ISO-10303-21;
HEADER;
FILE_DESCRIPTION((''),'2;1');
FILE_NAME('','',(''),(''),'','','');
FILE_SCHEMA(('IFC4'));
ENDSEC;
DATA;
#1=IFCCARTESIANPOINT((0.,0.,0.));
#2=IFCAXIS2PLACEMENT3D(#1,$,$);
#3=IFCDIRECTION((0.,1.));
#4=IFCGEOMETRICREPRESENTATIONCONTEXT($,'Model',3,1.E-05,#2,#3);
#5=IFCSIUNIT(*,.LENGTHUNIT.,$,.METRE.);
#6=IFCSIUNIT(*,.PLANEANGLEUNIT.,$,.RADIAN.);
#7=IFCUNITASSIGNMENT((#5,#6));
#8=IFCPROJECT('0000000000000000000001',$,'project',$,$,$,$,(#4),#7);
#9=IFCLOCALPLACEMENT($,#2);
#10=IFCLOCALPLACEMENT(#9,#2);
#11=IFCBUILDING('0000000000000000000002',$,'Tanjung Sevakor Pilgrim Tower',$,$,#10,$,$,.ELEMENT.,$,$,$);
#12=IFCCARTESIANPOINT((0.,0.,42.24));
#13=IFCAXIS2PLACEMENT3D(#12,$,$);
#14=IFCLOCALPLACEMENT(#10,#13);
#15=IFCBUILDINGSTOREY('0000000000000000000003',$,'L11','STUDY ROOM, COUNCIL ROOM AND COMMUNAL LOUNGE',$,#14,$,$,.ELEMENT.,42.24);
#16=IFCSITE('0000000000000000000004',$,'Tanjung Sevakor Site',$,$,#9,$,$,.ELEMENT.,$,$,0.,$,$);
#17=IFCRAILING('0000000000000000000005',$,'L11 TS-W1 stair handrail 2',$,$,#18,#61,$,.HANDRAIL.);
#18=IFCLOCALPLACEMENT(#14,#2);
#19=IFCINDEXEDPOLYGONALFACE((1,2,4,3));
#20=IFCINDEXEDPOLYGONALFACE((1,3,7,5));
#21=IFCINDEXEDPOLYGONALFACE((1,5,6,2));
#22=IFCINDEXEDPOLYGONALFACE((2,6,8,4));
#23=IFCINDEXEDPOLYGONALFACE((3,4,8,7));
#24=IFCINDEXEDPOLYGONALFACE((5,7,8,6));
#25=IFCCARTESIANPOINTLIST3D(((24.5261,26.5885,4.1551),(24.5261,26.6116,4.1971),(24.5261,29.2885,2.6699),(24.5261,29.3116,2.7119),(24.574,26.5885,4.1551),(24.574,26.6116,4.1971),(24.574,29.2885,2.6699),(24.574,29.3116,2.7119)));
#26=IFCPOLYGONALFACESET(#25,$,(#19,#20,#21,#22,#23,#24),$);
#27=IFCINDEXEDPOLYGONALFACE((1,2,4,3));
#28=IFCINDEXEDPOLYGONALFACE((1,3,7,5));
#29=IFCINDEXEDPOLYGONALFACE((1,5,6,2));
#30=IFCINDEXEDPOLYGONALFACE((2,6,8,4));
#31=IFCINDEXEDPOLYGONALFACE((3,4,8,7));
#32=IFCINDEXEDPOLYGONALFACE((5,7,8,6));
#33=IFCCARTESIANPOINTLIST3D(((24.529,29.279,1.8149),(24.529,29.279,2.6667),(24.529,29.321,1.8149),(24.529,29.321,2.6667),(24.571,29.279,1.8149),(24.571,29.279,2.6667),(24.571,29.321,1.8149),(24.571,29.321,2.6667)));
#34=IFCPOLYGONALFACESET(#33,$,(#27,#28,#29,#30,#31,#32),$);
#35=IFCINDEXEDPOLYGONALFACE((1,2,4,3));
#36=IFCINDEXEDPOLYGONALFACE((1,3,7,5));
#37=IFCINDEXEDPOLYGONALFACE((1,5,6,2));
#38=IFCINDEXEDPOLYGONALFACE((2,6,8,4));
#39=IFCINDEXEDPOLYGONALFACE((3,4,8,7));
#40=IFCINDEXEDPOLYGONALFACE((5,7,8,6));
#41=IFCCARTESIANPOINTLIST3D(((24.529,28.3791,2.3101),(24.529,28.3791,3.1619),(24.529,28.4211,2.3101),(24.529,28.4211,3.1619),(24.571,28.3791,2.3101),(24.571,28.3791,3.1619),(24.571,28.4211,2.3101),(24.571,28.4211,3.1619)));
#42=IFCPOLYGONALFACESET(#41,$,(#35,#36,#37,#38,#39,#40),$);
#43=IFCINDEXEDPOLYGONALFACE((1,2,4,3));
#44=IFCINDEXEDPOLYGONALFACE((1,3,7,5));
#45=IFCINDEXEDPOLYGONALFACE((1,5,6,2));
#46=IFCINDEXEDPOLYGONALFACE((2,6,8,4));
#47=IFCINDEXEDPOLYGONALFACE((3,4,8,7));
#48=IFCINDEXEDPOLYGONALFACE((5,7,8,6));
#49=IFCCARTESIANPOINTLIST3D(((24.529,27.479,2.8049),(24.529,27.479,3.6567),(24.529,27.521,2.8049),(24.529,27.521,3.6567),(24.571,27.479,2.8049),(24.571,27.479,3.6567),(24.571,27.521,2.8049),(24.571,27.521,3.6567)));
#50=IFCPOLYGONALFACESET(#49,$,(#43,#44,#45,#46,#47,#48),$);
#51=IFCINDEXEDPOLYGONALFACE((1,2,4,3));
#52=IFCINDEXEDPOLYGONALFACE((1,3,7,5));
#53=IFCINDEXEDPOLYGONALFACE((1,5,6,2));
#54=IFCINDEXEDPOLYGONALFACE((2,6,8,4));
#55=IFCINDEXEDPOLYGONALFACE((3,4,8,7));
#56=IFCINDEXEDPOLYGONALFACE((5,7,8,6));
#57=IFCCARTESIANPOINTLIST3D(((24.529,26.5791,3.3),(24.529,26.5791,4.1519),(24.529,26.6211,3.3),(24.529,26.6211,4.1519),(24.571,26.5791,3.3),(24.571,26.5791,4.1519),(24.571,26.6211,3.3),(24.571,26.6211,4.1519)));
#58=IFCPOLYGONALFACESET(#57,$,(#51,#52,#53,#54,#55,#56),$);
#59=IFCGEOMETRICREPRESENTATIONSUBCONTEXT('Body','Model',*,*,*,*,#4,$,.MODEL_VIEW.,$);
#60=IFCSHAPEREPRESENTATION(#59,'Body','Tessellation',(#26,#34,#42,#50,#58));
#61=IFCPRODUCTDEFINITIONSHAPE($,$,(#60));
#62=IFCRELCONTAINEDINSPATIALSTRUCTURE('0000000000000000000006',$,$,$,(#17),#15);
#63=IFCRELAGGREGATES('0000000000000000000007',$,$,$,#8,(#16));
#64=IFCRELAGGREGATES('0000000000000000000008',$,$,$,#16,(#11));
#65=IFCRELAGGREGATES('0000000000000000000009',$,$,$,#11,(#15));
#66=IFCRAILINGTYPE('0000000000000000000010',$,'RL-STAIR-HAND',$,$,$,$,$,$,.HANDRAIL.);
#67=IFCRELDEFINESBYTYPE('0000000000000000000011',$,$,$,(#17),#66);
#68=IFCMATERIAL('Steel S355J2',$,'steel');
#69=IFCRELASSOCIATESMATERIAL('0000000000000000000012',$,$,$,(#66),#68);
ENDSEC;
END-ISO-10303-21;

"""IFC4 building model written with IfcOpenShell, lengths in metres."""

from ifc_helpers import new_model, si_unit, direction, frame, origin, place, context, subcontext, project, spatial, rectangle, extrude, material, type_object, element, save


model = new_model("IFC4")

# Units and contexts
model_context = context("Model", 3, precision=1e-05, world=origin(), true_north=direction((0.0, 1.0)))
body_context = subcontext(model_context, "Body", "Model", "MODEL_VIEW")
ifc_project = project(units=[si_unit("LENGTHUNIT", "METRE"), si_unit("PLANEANGLEUNIT", "RADIAN")], contexts=[model_context])

# Site, building, storey
site_placement = place(None, origin())
site = spatial("IfcSite", under=ifc_project, at=site_placement, Name="Tanjung Sevakor Site", CompositionType="ELEMENT", RefElevation=0.0)
building_placement = place(site_placement, origin())
building = spatial("IfcBuilding", under=site, at=building_placement, Name="Tanjung Sevakor Pilgrim Tower", CompositionType="ELEMENT")
storey_placement = place(building_placement, frame((0.0, 0.0, 42.24)))
storey = spatial("IfcBuildingStorey", under=building, at=storey_placement, Name="L11", Description="STUDY ROOM, COUNCIL ROOM AND COMMUNAL LOUNGE", CompositionType="ELEMENT", Elevation=42.24)

# Railing
ifc_material_1 = material(Name="Steel S355J2", Category="steel")
railing_type_1 = type_object("IfcRailingType", Name="RL-STAIR-HAND", PredefinedType="HANDRAIL", material=ifc_material_1)
railing_1_placement = place(storey_placement, frame((24.55, 29.3, 1.8149)))
element("IfcRailing", 1, at=railing_1_placement, inside=storey, type_object=railing_type_1, Name="L11 TS-W1 stair handrail 2", PredefinedType="HANDRAIL", context=body_context, shape_type="SweptSolid", body=[
    extrude(rectangle(XDim=0.0479, YDim=0.0479), frame((0.0, 0.0, 0.876), z_axis=(0.0, -0.876198, 0.481952), x_axis=(1.0, 0.0, 0.0)), (0.0, 0.0, 1.0), 3.0815),
    extrude(rectangle(XDim=0.042, YDim=0.042), origin(), (0.0, 0.0, 1.0), 0.8518),
    extrude(rectangle(XDim=0.042, YDim=0.042), frame((0.0, -0.8999, 0.4951)), (0.0, 0.0, 1.0), 0.8518),
    extrude(rectangle(XDim=0.042, YDim=0.042), frame((0.0, -1.8, 0.99)), (0.0, 0.0, 1.0), 0.8518),
    extrude(rectangle(XDim=0.042, YDim=0.042), frame((0.0, -2.7, 1.4851)), (0.0, 0.0, 1.0), 0.8518),
])

save(model, "model.ifc")
